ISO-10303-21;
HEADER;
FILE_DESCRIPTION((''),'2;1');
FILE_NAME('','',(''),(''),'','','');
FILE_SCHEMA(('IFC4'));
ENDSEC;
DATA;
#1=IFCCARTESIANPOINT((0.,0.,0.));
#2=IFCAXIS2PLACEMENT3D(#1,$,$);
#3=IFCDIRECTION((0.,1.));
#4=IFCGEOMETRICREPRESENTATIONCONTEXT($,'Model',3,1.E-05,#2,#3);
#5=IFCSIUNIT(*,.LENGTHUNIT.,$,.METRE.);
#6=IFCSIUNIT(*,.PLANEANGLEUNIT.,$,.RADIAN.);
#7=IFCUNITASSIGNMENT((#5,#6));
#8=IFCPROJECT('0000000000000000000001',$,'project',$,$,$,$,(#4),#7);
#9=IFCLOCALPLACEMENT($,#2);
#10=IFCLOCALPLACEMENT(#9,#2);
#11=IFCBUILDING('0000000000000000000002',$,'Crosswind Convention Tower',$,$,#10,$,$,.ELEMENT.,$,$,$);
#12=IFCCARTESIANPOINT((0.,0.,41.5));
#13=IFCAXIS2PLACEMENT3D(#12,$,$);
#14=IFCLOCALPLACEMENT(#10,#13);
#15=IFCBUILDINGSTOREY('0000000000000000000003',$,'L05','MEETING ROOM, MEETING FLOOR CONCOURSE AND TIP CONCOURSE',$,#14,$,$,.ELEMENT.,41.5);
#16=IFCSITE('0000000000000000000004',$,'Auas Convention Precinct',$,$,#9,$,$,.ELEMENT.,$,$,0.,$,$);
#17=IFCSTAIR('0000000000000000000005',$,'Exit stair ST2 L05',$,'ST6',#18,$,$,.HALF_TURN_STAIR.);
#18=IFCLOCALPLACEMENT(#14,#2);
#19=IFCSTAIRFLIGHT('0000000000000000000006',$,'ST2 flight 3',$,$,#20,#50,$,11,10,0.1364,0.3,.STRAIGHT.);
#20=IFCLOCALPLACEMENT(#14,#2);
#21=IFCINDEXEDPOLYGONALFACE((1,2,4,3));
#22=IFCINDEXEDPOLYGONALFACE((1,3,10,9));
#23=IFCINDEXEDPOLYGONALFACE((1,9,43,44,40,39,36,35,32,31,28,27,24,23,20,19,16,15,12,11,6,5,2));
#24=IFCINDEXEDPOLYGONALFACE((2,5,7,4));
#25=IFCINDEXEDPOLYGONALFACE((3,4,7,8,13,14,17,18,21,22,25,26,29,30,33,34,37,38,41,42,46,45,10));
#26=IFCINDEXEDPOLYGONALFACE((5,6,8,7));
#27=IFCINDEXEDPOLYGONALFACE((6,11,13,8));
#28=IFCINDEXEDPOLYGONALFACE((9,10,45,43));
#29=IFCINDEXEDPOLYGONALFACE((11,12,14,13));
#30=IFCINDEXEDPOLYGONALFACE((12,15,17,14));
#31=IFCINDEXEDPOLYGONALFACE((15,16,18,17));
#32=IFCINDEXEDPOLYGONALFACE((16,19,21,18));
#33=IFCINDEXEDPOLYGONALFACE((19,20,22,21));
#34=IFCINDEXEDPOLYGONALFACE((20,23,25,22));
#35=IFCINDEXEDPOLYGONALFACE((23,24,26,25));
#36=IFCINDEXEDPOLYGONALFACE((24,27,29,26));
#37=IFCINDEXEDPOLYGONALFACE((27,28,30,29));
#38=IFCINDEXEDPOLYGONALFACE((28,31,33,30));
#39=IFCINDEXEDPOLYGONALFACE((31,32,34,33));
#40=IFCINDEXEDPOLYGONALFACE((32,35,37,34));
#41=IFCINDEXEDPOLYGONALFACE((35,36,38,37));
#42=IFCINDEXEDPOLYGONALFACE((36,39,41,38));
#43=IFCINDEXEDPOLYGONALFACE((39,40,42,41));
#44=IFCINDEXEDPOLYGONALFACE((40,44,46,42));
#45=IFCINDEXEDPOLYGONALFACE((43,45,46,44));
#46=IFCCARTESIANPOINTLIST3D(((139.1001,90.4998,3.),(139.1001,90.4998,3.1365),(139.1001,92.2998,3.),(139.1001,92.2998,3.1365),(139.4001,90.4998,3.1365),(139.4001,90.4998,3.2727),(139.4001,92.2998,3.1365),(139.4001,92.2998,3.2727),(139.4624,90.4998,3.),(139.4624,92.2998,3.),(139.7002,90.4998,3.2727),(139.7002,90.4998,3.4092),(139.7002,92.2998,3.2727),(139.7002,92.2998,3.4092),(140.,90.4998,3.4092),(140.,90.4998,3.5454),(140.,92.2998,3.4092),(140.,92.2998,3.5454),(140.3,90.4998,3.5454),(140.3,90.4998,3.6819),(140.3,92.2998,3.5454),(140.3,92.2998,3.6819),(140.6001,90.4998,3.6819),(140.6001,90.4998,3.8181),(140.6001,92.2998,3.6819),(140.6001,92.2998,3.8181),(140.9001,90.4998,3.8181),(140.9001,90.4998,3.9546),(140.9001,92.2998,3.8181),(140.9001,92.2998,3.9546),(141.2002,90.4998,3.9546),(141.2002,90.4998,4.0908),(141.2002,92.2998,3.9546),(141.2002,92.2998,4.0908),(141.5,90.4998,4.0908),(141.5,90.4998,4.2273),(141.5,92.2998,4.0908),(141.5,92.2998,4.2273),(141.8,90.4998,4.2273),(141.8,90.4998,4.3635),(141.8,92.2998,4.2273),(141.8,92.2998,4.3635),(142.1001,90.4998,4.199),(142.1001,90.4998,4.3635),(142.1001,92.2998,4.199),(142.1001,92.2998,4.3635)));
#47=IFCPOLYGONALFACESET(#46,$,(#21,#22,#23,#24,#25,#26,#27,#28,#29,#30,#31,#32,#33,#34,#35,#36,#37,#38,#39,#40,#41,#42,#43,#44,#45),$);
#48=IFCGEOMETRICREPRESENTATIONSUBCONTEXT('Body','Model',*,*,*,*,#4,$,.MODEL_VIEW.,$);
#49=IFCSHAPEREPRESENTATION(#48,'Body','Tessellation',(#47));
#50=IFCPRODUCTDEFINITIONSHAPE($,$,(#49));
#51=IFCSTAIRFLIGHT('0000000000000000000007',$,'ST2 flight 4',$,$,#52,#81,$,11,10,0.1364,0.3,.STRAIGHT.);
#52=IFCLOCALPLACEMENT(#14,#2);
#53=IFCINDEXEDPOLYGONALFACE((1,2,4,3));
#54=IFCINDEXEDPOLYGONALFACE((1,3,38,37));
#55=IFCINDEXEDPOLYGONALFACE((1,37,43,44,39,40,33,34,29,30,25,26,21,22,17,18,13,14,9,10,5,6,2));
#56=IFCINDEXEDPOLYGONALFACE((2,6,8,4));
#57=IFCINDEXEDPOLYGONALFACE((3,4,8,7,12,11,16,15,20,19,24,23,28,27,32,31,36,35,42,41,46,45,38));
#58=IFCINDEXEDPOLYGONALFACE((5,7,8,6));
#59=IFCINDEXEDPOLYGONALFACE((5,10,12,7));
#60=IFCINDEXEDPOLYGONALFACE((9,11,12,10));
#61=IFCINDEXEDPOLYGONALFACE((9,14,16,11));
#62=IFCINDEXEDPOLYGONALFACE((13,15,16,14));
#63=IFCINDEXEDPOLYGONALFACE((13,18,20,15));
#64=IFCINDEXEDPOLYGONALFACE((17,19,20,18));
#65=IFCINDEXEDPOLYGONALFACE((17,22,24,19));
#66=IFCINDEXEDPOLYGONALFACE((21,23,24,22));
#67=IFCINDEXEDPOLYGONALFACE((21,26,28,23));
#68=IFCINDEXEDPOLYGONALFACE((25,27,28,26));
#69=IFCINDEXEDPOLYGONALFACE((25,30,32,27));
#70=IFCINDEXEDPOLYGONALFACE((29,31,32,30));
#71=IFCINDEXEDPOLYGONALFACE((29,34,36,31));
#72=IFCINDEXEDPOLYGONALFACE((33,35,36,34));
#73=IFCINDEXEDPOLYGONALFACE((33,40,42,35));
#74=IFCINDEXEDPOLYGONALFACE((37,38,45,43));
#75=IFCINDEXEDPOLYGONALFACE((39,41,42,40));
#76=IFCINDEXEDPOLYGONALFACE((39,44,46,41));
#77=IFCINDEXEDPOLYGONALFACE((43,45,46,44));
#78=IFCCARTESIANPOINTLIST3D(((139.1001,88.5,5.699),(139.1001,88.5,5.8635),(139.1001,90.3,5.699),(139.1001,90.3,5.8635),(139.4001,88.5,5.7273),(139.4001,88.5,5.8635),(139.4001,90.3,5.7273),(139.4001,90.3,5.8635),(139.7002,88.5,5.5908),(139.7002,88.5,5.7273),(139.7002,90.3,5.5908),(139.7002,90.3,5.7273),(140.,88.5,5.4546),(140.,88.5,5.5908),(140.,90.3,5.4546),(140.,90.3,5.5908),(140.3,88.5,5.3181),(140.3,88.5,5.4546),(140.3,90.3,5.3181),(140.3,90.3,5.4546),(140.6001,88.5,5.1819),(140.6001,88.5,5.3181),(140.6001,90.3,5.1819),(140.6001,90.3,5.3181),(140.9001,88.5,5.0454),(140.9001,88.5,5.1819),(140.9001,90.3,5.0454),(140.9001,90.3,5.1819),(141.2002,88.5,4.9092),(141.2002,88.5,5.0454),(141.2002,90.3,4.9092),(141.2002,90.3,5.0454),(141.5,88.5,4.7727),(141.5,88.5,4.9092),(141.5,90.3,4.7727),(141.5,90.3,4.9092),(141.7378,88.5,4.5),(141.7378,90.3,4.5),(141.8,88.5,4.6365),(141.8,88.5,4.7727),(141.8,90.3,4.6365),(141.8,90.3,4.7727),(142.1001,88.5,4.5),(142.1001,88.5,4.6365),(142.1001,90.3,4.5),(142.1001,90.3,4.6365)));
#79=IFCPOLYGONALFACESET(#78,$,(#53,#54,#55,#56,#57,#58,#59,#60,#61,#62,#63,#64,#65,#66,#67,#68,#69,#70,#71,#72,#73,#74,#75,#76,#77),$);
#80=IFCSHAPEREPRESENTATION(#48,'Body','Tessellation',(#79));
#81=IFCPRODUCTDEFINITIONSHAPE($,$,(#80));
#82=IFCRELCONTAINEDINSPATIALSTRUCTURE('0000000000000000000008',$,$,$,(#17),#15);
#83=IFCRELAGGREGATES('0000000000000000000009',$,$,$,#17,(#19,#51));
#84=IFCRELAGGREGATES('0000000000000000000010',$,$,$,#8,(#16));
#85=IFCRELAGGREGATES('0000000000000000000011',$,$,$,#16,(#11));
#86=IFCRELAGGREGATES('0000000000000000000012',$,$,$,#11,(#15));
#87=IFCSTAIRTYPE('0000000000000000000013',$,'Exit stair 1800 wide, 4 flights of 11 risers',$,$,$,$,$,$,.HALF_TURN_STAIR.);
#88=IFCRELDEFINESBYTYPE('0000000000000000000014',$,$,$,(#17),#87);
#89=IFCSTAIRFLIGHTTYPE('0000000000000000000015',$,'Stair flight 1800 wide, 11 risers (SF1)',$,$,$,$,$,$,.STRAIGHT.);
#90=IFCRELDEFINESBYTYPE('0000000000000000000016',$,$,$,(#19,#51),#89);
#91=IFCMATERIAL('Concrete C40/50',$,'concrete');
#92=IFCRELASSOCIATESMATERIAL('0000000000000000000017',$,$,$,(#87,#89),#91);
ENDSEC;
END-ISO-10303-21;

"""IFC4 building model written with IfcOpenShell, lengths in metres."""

from ifc_helpers import new_model, si_unit, direction, frame, origin, place, context, subcontext, project, spatial, polyline, outline, extrude, material, type_object, element, aggregate, save


model = new_model("IFC4")

# Units and contexts
model_context = context("Model", 3, precision=1e-05, world=origin(), true_north=direction((0.0, 1.0)))
body_context = subcontext(model_context, "Body", "Model", "MODEL_VIEW")
ifc_project = project(units=[si_unit("LENGTHUNIT", "METRE"), si_unit("PLANEANGLEUNIT", "RADIAN")], contexts=[model_context])

# Site, building, storey
site_placement = place(None, origin())
site = spatial("IfcSite", under=ifc_project, at=site_placement, Name="Auas Convention Precinct", CompositionType="ELEMENT", RefElevation=0.0)
building_placement = place(site_placement, origin())
building = spatial("IfcBuilding", under=site, at=building_placement, Name="Crosswind Convention Tower", CompositionType="ELEMENT")
storey_placement = place(building_placement, frame((0.0, 0.0, 41.5)))
storey = spatial("IfcBuildingStorey", under=building, at=storey_placement, Name="L05", Description="MEETING ROOM, MEETING FLOOR CONCOURSE AND TIP CONCOURSE", CompositionType="ELEMENT", Elevation=41.5)

# Stair, stair flights
ifc_material_1 = material(Name="Concrete C40/50", Category="concrete")
stair_type = type_object("IfcStairType", Name="Exit stair 1800 wide, 4 flights of 11 risers", PredefinedType="HALF_TURN_STAIR", material=ifc_material_1)
stair_placement = place(storey_placement, origin())
stair = element("IfcStair", 1, at=stair_placement, inside=storey, type_object=stair_type, Name="Exit stair ST2 L05", ObjectType="ST6", PredefinedType="HALF_TURN_STAIR")
stair_flight_type = type_object("IfcStairFlightType", Name="Stair flight 1800 wide, 11 risers (SF1)", PredefinedType="STRAIGHT", material=ifc_material_1)
stair_flight_1_placement = place(storey_placement, frame((139.1001, 91.3999, 3.0), z_axis=(0.0, 0.0, 1.0), x_axis=(1.0, 0.0, 0.0)))
stair_flight_1 = element("IfcStairFlight", 2, at=stair_flight_1_placement, type_object=stair_flight_type, Name="ST2 flight 3", NumberOfRisers=11, NumberOfTreads=10, PredefinedType="STRAIGHT", RiserHeight=0.1364, TreadLength=0.3, context=body_context, shape_type="SweptSolid", body=[
    extrude(outline(polyline([(0.0, 0.0), (0.0, 0.1365), (0.3, 0.1365), (0.3, 0.2727), (0.6001, 0.2727), (0.6001, 0.4092), (0.8999, 0.4092), (0.8999, 0.5454), (1.2, 0.5454), (1.2, 0.6819), (1.5, 0.6819), (1.5, 0.8181), (1.8, 0.8181), (1.8, 0.9546), (2.1001, 0.9546), (2.1001, 1.0908), (2.3999, 1.0908), (2.3999, 1.2273), (2.7, 1.2273), (2.7, 1.3635), (3.0, 1.3635), (3.0, 1.5), (3.0, 1.199), (0.3623, 0.0), (0.0, 0.0)])), frame((0.0, 0.8999, 0.0), z_axis=(0.0, -1.0, 0.0), x_axis=(1.0, 0.0, 0.0)), (0.0, 0.0, 1.0), 1.8),
])
stair_flight_2_placement = place(storey_placement, frame((142.1001, 89.3999, 4.5), z_axis=(0.0, 0.0, 1.0), x_axis=(-1.0, 0.0, 0.0)))
stair_flight_2 = element("IfcStairFlight", 3, at=stair_flight_2_placement, type_object=stair_flight_type, Name="ST2 flight 4", NumberOfRisers=11, NumberOfTreads=10, PredefinedType="STRAIGHT", RiserHeight=0.1364, TreadLength=0.3, context=body_context, shape_type="SweptSolid", body=[
    extrude(outline(polyline([(0.0, 0.0), (0.0, 0.1365), (0.3, 0.1365), (0.3, 0.2727), (0.6001, 0.2727), (0.6001, 0.4092), (0.8999, 0.4092), (0.8999, 0.5454), (1.2, 0.5454), (1.2, 0.6819), (1.5, 0.6819), (1.5, 0.8181), (1.8, 0.8181), (1.8, 0.9546), (2.1001, 0.9546), (2.1001, 1.0908), (2.3999, 1.0908), (2.3999, 1.2273), (2.7, 1.2273), (2.7, 1.3635), (3.0, 1.3635), (3.0, 1.5), (3.0, 1.199), (0.3623, 0.0), (0.0, 0.0)])), frame((0.0, 0.8999, 0.0), z_axis=(0.0, -1.0, 0.0), x_axis=(1.0, 0.0, 0.0)), (0.0, 0.0, 1.0), 1.8),
])
aggregate(stair, [stair_flight_1, stair_flight_2])

save(model, "model.ifc")
